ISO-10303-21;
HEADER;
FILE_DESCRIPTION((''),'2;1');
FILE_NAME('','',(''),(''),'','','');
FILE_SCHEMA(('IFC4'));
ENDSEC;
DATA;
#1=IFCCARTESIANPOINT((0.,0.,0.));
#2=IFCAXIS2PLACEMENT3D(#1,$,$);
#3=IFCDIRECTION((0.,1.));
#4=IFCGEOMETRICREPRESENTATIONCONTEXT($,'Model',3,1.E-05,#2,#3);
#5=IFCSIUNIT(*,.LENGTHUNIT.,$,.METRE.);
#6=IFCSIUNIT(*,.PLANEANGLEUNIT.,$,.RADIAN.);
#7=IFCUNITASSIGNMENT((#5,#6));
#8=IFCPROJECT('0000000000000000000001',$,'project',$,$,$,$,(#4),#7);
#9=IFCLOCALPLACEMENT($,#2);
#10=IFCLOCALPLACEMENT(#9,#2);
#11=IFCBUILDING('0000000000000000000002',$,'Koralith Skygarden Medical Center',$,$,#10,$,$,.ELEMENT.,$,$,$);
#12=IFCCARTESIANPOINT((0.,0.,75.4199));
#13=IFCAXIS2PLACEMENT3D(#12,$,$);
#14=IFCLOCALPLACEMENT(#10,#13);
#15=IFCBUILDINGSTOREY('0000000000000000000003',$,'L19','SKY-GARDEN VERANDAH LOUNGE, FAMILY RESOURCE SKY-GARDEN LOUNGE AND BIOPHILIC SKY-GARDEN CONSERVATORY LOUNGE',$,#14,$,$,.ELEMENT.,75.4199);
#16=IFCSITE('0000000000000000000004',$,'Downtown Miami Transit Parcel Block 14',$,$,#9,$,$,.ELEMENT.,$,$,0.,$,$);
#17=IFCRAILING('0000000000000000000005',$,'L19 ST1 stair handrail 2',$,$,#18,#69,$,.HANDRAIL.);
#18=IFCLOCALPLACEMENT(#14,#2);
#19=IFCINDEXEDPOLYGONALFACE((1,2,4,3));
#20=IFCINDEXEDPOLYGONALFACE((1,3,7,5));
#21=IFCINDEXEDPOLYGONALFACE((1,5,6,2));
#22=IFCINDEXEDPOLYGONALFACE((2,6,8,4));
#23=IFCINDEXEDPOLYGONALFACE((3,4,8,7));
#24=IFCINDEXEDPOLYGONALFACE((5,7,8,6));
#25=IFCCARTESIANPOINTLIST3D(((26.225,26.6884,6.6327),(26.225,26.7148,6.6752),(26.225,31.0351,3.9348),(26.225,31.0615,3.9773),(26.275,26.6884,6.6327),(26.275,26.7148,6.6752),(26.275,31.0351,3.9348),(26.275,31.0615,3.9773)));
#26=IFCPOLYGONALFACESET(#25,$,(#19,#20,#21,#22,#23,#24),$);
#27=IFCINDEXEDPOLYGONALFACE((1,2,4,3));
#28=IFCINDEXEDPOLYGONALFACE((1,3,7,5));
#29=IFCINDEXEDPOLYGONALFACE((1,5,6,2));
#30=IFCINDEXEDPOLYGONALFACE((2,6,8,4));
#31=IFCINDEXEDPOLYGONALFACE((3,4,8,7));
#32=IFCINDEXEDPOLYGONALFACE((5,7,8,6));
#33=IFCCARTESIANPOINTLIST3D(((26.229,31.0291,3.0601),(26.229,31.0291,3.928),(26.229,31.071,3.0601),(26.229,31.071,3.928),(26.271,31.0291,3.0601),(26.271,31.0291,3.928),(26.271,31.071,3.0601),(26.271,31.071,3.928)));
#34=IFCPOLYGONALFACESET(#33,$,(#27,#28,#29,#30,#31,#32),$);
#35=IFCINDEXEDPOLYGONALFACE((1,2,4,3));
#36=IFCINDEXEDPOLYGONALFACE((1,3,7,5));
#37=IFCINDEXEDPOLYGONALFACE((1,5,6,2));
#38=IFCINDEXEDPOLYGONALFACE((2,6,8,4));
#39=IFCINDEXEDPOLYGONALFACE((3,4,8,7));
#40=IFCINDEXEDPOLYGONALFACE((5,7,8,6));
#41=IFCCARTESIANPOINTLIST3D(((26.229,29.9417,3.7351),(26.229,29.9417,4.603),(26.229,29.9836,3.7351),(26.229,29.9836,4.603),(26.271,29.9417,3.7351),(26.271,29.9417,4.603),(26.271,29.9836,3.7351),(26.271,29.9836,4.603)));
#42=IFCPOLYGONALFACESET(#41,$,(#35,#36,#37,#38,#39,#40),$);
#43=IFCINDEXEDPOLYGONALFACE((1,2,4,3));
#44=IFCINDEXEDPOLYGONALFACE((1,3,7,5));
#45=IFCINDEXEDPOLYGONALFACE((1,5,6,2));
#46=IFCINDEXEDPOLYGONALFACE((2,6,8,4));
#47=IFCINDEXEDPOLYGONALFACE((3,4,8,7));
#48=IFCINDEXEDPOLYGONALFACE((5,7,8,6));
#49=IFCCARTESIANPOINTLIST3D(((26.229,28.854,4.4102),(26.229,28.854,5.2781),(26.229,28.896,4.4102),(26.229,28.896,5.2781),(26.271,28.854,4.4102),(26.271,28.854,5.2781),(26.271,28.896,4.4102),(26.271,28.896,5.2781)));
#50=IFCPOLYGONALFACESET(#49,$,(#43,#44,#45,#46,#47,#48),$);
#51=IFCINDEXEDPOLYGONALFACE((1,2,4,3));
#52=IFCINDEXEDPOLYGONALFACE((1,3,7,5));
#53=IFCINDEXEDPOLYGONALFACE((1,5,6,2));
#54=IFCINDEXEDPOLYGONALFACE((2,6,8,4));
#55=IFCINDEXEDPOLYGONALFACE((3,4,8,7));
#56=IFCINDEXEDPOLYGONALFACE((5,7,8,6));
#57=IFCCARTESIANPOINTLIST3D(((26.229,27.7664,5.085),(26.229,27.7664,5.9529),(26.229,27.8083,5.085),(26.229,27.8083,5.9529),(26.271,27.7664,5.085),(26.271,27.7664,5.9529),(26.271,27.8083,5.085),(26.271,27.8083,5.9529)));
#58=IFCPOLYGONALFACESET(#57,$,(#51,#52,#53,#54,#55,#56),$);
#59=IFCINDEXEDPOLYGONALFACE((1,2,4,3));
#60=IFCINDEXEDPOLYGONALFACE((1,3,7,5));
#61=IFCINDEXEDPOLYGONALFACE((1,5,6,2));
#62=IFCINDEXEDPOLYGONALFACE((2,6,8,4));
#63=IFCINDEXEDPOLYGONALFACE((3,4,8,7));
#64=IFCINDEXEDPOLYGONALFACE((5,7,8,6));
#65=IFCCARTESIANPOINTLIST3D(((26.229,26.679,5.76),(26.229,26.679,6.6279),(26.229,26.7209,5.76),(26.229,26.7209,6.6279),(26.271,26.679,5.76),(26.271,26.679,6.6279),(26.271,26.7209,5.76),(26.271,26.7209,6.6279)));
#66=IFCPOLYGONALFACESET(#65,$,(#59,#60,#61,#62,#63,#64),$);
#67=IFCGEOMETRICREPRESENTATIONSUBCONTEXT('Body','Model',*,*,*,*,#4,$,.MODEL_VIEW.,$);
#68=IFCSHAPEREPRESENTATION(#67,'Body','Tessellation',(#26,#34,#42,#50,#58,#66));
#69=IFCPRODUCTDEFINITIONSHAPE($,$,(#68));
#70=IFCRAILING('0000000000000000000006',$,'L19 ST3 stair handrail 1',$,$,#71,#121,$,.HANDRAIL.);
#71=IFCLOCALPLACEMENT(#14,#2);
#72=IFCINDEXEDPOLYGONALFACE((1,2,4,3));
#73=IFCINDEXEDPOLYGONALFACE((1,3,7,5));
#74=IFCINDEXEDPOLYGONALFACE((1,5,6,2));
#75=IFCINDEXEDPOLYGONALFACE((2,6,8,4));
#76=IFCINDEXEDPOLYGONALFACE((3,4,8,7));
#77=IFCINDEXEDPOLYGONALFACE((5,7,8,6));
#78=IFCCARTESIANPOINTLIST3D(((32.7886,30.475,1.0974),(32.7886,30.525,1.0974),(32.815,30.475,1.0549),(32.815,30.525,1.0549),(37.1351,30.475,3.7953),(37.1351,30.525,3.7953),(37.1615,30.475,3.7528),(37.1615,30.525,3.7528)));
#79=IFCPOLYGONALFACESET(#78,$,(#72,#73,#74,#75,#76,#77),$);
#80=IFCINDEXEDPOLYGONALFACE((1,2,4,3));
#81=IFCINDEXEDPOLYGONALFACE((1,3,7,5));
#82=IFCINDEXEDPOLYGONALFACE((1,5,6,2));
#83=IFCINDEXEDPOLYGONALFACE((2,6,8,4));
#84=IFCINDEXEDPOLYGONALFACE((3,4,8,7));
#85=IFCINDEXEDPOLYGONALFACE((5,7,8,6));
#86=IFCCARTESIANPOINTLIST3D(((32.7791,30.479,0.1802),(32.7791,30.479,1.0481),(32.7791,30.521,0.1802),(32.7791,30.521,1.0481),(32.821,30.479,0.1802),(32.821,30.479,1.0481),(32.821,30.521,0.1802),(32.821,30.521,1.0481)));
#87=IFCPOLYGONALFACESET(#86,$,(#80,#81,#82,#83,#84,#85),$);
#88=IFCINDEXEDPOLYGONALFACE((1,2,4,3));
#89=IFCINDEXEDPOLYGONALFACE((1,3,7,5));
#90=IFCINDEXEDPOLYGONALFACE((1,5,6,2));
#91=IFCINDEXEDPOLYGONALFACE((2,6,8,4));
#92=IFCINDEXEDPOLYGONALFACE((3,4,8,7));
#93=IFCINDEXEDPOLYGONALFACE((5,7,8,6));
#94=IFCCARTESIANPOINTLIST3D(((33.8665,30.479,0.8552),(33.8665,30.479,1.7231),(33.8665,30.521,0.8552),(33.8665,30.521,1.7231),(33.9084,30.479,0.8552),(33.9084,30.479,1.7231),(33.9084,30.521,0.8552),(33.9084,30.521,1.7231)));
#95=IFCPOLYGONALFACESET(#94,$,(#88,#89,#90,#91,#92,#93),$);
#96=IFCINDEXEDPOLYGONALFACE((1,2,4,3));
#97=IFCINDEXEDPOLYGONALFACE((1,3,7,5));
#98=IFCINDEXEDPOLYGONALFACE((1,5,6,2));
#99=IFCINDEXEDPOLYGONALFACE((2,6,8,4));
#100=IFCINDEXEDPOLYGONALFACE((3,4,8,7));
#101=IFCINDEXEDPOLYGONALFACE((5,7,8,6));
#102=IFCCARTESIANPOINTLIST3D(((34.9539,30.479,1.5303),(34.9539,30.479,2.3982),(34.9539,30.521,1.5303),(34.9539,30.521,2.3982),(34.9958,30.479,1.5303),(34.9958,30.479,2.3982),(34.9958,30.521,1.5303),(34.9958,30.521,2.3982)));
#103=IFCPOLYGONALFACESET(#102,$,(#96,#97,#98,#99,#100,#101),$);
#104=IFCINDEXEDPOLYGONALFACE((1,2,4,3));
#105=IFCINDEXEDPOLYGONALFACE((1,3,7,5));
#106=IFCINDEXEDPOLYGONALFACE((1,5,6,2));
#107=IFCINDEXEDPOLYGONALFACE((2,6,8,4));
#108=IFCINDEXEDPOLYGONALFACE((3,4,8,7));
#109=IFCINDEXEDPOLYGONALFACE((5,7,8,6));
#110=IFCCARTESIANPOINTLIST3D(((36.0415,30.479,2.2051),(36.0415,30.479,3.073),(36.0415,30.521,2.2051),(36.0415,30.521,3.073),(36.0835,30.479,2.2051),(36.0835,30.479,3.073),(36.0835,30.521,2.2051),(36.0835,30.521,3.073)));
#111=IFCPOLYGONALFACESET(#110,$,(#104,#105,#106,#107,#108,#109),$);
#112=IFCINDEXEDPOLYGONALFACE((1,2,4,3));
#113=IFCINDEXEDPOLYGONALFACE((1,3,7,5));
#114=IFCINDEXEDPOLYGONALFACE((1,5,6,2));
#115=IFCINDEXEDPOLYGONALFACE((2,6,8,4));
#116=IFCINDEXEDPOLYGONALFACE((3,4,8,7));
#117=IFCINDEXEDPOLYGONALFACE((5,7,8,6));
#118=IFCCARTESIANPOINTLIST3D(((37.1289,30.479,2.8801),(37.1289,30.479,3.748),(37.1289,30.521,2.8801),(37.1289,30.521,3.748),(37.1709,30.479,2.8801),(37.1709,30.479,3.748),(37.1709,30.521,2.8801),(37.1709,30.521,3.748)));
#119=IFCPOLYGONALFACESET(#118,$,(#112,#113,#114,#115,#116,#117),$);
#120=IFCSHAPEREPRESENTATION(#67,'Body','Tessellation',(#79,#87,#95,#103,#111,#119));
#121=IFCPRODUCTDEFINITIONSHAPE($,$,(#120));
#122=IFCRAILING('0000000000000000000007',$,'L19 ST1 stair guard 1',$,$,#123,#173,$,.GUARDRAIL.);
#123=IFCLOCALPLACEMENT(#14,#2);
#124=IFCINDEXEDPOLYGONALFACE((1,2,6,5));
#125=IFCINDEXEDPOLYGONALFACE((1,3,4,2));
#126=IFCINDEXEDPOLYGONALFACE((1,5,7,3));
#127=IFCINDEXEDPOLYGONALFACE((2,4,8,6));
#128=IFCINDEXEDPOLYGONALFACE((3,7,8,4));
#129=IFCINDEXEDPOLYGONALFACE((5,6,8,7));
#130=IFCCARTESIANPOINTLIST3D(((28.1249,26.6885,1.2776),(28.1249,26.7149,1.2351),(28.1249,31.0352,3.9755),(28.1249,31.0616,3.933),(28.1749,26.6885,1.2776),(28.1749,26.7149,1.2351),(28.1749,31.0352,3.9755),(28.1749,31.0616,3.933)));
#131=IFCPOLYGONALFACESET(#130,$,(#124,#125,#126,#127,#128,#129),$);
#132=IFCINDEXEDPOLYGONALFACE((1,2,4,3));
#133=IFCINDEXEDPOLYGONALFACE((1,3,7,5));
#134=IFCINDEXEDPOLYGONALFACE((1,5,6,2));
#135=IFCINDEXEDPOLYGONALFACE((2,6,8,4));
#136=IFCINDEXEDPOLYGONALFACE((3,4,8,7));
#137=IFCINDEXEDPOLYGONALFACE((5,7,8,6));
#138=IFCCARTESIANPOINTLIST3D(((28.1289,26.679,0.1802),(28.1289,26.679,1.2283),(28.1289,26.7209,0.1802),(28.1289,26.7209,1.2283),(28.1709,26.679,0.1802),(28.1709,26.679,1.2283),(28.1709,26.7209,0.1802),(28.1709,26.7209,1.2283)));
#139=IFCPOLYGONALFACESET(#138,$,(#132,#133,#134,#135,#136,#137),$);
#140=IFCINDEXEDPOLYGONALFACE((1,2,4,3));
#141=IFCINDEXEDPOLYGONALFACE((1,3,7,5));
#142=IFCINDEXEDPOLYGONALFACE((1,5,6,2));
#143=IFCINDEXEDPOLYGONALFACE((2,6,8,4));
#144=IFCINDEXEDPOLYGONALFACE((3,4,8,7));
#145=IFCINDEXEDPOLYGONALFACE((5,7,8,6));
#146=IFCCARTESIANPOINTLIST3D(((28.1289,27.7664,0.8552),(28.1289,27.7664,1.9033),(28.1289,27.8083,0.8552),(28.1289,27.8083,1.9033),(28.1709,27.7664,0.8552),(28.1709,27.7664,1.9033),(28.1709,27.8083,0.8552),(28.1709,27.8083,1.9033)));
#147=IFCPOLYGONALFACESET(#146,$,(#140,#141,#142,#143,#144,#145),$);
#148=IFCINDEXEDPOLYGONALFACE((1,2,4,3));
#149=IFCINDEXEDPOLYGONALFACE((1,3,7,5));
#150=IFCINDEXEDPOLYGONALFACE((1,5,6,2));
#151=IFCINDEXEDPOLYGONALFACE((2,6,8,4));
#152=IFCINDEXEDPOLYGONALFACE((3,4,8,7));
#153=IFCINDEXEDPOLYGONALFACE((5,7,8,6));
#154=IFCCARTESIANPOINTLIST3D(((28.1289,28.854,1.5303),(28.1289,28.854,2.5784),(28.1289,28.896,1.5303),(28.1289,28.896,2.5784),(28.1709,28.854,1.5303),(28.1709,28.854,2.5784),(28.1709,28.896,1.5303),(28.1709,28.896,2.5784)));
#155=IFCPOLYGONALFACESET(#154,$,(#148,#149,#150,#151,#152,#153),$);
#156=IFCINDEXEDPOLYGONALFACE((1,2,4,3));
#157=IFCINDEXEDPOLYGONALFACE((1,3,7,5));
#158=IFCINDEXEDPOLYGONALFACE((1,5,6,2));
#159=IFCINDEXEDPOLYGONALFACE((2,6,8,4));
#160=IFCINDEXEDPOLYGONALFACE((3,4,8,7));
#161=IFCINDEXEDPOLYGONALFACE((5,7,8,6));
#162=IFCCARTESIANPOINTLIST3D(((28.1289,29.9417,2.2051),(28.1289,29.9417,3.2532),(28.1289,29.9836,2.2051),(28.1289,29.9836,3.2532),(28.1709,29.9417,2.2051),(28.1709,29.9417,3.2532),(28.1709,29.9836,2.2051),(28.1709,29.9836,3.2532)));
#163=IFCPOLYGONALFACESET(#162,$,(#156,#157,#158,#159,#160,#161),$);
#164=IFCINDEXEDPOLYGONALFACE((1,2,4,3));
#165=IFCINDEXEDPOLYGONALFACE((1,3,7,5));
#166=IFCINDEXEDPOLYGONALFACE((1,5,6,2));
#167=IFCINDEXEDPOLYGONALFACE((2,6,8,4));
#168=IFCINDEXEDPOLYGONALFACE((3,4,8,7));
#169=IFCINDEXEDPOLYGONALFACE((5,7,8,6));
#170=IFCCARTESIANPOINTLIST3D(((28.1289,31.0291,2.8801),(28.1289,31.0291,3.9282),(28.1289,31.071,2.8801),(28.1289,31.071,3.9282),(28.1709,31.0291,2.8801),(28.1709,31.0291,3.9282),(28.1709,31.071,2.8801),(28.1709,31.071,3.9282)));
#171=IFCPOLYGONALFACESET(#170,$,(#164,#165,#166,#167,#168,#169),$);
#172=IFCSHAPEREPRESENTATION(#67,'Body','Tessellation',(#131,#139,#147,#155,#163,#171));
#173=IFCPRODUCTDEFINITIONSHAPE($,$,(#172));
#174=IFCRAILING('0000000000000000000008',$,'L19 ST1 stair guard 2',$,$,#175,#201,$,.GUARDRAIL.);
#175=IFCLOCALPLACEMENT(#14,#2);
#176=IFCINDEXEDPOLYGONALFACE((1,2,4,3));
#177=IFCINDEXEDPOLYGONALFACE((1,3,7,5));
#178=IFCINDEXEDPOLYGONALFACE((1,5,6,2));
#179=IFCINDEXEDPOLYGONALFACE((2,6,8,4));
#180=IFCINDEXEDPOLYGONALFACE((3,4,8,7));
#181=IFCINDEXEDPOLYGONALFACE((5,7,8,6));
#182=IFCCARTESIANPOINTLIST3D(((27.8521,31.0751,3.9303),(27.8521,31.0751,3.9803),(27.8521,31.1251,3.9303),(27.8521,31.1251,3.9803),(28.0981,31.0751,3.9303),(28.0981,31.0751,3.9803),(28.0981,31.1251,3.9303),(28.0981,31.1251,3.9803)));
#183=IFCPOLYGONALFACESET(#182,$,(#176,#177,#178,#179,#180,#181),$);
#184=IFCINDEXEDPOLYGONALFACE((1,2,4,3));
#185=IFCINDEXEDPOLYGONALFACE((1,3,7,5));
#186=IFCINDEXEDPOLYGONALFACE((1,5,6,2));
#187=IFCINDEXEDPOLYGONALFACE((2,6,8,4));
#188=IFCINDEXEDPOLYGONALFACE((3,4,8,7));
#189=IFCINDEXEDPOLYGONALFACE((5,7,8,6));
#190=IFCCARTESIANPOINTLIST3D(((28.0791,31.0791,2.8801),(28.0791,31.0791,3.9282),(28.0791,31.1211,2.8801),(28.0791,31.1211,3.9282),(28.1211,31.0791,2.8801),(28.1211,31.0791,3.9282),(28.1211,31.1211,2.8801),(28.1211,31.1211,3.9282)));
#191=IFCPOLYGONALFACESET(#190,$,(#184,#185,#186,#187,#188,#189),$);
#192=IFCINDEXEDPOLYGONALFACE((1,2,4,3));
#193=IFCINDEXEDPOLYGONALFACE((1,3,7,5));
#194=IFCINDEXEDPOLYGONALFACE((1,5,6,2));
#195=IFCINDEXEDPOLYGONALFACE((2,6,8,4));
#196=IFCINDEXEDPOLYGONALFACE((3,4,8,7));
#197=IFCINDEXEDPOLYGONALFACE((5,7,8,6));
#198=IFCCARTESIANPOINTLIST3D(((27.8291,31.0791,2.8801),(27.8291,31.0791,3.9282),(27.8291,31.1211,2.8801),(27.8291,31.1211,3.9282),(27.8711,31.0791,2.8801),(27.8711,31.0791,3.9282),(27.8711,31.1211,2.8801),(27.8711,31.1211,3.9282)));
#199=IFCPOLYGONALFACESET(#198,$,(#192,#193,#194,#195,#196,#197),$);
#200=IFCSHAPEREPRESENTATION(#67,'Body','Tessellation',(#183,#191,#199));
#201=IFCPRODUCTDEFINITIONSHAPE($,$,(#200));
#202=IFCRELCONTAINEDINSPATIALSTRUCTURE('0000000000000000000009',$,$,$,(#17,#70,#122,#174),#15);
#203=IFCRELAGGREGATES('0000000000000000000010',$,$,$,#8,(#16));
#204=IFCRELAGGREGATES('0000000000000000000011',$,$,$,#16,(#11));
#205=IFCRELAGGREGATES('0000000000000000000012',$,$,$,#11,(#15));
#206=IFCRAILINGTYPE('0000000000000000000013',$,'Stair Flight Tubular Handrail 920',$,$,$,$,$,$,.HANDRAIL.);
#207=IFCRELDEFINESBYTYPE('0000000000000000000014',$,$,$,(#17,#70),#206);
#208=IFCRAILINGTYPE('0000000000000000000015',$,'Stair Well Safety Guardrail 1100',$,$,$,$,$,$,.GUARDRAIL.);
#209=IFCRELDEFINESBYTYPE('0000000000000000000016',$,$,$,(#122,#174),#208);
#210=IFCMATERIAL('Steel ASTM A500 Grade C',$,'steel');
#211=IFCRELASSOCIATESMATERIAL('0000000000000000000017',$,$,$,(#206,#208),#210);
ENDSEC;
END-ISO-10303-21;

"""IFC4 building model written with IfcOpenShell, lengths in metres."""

from ifc_helpers import new_model, si_unit, direction, frame, origin, origin_2d, place, context, subcontext, project, spatial, rectangle, extrude, material, type_object, element, save


model = new_model("IFC4")

# Units and contexts
model_context = context("Model", 3, precision=1e-05, world=origin(), true_north=direction((0.0, 1.0)))
body_context = subcontext(model_context, "Body", "Model", "MODEL_VIEW")
ifc_project = project(units=[si_unit("LENGTHUNIT", "METRE"), si_unit("PLANEANGLEUNIT", "RADIAN")], contexts=[model_context])

# Site, building, storey
site_placement = place(None, origin())
site = spatial("IfcSite", under=ifc_project, at=site_placement, Name="Downtown Miami Transit Parcel Block 14", CompositionType="ELEMENT", RefElevation=0.0)
building_placement = place(site_placement, origin())
building = spatial("IfcBuilding", under=site, at=building_placement, Name="Koralith Skygarden Medical Center", CompositionType="ELEMENT")
storey_placement = place(building_placement, frame((0.0, 0.0, 75.4199)))
storey = spatial("IfcBuildingStorey", under=building, at=storey_placement, Name="L19", Description="SKY-GARDEN VERANDAH LOUNGE, FAMILY RESOURCE SKY-GARDEN LOUNGE AND BIOPHILIC SKY-GARDEN CONSERVATORY LOUNGE", CompositionType="ELEMENT", Elevation=75.4199)

# Shared definitions
ifc_material_1 = material(Name="Steel ASTM A500 Grade C", Category="steel")

# Railings
railing_type_1 = type_object("IfcRailingType", Name="Stair Flight Tubular Handrail 920", PredefinedType="HANDRAIL", material=ifc_material_1)
railing_1_placement = place(storey_placement, frame((26.25, 31.05, 3.0601)))
element("IfcRailing", 1, at=railing_1_placement, inside=storey, type_object=railing_type_1, Name="L19 ST1 stair handrail 2", PredefinedType="HANDRAIL", context=body_context, shape_type="SweptSolid", body=[
    extrude(rectangle(XDim=0.05, YDim=0.05, at=origin_2d()), frame((0.0, -0.0017, 0.896), z_axis=(0.0, -0.84965, 0.527347), x_axis=(1.0, 0.0, 0.0)), (0.0, 0.0, 1.0), 5.116),
    extrude(rectangle(XDim=0.042, YDim=0.042, at=origin_2d()), origin(), (0.0, 0.0, 1.0), 0.8679),
    extrude(rectangle(XDim=0.042, YDim=0.042, at=origin_2d()), frame((0.0, -1.0874, 0.675)), (0.0, 0.0, 1.0), 0.8679),
    extrude(rectangle(XDim=0.042, YDim=0.042, at=origin_2d()), frame((0.0, -2.175, 1.3501)), (0.0, 0.0, 1.0), 0.8679),
    extrude(rectangle(XDim=0.042, YDim=0.042, at=origin_2d()), frame((0.0, -3.2627, 2.0249)), (0.0, 0.0, 1.0), 0.8679),
    extrude(rectangle(XDim=0.042, YDim=0.042, at=origin_2d()), frame((0.0, -4.3501, 2.7)), (0.0, 0.0, 1.0), 0.8679),
])
railing_2_placement = place(storey_placement, frame((32.8, 30.5, 0.1802)))
element("IfcRailing", 2, at=railing_2_placement, inside=storey, type_object=railing_type_1, Name="L19 ST3 stair handrail 1", PredefinedType="HANDRAIL", context=body_context, shape_type="SweptSolid", body=[
    extrude(rectangle(XDim=0.05, YDim=0.05, at=origin_2d()), frame((0.0017, 0.0, 0.896), z_axis=(0.849636, 0.0, 0.527369), x_axis=(0.0, 1.0, 0.0)), (0.0, 0.0, 1.0), 5.1157),
    extrude(rectangle(XDim=0.042, YDim=0.042, at=origin_2d()), origin(), (0.0, 0.0, 1.0), 0.8679),
    extrude(rectangle(XDim=0.042, YDim=0.042, at=origin_2d()), frame((1.0874, 0.0, 0.675)), (0.0, 0.0, 1.0), 0.8679),
    extrude(rectangle(XDim=0.042, YDim=0.042, at=origin_2d()), frame((2.1748, 0.0, 1.3501)), (0.0, 0.0, 1.0), 0.8679),
    extrude(rectangle(XDim=0.042, YDim=0.042, at=origin_2d()), frame((3.2625, 0.0, 2.0249)), (0.0, 0.0, 1.0), 0.8679),
    extrude(rectangle(XDim=0.042, YDim=0.042, at=origin_2d()), frame((4.3499, 0.0, 2.7)), (0.0, 0.0, 1.0), 0.8679),
])
railing_type_2 = type_object("IfcRailingType", Name="Stair Well Safety Guardrail 1100", PredefinedType="GUARDRAIL", material=ifc_material_1)
railing_3_placement = place(storey_placement, frame((28.1499, 26.7, 0.1802)))
element("IfcRailing", 3, at=railing_3_placement, inside=storey, type_object=railing_type_2, Name="L19 ST1 stair guard 1", PredefinedType="GUARDRAIL", context=body_context, shape_type="SweptSolid", body=[
    extrude(rectangle(XDim=0.05, YDim=0.05, at=origin_2d()), frame((0.0, 0.0017, 1.0762), z_axis=(0.0, 0.84965, 0.527347), x_axis=(-1.0, 0.0, 0.0)), (0.0, 0.0, 1.0), 5.116),
    extrude(rectangle(XDim=0.042, YDim=0.042, at=origin_2d()), origin(), (0.0, 0.0, 1.0), 1.0481),
    extrude(rectangle(XDim=0.042, YDim=0.042, at=origin_2d()), frame((0.0, 1.0874, 0.675)), (0.0, 0.0, 1.0), 1.0481),
    extrude(rectangle(XDim=0.042, YDim=0.042, at=origin_2d()), frame((0.0, 2.175, 1.3501)), (0.0, 0.0, 1.0), 1.0481),
    extrude(rectangle(XDim=0.042, YDim=0.042, at=origin_2d()), frame((0.0, 3.2627, 2.0249)), (0.0, 0.0, 1.0), 1.0481),
    extrude(rectangle(XDim=0.042, YDim=0.042, at=origin_2d()), frame((0.0, 4.3501, 2.7)), (0.0, 0.0, 1.0), 1.0481),
])
railing_4_placement = place(storey_placement, frame((28.1001, 31.1001, 2.8801)))
element("IfcRailing", 4, at=railing_4_placement, inside=storey, type_object=railing_type_2, Name="L19 ST1 stair guard 2", PredefinedType="GUARDRAIL", context=body_context, shape_type="SweptSolid", body=[
    extrude(rectangle(XDim=0.05, YDim=0.05, at=origin_2d()), frame((-0.002, 0.0, 1.0752), z_axis=(-1.0, 0.0, 0.0), x_axis=(0.0, -1.0, 0.0)), (0.0, 0.0, 1.0), 0.2461),
    extrude(rectangle(XDim=0.042, YDim=0.042, at=origin_2d()), origin(), (0.0, 0.0, 1.0), 1.0481),
    extrude(rectangle(XDim=0.042, YDim=0.042, at=origin_2d()), frame((-0.25, 0.0, 0.0)), (0.0, 0.0, 1.0), 1.0481),
])

save(model, "model.ifc")
